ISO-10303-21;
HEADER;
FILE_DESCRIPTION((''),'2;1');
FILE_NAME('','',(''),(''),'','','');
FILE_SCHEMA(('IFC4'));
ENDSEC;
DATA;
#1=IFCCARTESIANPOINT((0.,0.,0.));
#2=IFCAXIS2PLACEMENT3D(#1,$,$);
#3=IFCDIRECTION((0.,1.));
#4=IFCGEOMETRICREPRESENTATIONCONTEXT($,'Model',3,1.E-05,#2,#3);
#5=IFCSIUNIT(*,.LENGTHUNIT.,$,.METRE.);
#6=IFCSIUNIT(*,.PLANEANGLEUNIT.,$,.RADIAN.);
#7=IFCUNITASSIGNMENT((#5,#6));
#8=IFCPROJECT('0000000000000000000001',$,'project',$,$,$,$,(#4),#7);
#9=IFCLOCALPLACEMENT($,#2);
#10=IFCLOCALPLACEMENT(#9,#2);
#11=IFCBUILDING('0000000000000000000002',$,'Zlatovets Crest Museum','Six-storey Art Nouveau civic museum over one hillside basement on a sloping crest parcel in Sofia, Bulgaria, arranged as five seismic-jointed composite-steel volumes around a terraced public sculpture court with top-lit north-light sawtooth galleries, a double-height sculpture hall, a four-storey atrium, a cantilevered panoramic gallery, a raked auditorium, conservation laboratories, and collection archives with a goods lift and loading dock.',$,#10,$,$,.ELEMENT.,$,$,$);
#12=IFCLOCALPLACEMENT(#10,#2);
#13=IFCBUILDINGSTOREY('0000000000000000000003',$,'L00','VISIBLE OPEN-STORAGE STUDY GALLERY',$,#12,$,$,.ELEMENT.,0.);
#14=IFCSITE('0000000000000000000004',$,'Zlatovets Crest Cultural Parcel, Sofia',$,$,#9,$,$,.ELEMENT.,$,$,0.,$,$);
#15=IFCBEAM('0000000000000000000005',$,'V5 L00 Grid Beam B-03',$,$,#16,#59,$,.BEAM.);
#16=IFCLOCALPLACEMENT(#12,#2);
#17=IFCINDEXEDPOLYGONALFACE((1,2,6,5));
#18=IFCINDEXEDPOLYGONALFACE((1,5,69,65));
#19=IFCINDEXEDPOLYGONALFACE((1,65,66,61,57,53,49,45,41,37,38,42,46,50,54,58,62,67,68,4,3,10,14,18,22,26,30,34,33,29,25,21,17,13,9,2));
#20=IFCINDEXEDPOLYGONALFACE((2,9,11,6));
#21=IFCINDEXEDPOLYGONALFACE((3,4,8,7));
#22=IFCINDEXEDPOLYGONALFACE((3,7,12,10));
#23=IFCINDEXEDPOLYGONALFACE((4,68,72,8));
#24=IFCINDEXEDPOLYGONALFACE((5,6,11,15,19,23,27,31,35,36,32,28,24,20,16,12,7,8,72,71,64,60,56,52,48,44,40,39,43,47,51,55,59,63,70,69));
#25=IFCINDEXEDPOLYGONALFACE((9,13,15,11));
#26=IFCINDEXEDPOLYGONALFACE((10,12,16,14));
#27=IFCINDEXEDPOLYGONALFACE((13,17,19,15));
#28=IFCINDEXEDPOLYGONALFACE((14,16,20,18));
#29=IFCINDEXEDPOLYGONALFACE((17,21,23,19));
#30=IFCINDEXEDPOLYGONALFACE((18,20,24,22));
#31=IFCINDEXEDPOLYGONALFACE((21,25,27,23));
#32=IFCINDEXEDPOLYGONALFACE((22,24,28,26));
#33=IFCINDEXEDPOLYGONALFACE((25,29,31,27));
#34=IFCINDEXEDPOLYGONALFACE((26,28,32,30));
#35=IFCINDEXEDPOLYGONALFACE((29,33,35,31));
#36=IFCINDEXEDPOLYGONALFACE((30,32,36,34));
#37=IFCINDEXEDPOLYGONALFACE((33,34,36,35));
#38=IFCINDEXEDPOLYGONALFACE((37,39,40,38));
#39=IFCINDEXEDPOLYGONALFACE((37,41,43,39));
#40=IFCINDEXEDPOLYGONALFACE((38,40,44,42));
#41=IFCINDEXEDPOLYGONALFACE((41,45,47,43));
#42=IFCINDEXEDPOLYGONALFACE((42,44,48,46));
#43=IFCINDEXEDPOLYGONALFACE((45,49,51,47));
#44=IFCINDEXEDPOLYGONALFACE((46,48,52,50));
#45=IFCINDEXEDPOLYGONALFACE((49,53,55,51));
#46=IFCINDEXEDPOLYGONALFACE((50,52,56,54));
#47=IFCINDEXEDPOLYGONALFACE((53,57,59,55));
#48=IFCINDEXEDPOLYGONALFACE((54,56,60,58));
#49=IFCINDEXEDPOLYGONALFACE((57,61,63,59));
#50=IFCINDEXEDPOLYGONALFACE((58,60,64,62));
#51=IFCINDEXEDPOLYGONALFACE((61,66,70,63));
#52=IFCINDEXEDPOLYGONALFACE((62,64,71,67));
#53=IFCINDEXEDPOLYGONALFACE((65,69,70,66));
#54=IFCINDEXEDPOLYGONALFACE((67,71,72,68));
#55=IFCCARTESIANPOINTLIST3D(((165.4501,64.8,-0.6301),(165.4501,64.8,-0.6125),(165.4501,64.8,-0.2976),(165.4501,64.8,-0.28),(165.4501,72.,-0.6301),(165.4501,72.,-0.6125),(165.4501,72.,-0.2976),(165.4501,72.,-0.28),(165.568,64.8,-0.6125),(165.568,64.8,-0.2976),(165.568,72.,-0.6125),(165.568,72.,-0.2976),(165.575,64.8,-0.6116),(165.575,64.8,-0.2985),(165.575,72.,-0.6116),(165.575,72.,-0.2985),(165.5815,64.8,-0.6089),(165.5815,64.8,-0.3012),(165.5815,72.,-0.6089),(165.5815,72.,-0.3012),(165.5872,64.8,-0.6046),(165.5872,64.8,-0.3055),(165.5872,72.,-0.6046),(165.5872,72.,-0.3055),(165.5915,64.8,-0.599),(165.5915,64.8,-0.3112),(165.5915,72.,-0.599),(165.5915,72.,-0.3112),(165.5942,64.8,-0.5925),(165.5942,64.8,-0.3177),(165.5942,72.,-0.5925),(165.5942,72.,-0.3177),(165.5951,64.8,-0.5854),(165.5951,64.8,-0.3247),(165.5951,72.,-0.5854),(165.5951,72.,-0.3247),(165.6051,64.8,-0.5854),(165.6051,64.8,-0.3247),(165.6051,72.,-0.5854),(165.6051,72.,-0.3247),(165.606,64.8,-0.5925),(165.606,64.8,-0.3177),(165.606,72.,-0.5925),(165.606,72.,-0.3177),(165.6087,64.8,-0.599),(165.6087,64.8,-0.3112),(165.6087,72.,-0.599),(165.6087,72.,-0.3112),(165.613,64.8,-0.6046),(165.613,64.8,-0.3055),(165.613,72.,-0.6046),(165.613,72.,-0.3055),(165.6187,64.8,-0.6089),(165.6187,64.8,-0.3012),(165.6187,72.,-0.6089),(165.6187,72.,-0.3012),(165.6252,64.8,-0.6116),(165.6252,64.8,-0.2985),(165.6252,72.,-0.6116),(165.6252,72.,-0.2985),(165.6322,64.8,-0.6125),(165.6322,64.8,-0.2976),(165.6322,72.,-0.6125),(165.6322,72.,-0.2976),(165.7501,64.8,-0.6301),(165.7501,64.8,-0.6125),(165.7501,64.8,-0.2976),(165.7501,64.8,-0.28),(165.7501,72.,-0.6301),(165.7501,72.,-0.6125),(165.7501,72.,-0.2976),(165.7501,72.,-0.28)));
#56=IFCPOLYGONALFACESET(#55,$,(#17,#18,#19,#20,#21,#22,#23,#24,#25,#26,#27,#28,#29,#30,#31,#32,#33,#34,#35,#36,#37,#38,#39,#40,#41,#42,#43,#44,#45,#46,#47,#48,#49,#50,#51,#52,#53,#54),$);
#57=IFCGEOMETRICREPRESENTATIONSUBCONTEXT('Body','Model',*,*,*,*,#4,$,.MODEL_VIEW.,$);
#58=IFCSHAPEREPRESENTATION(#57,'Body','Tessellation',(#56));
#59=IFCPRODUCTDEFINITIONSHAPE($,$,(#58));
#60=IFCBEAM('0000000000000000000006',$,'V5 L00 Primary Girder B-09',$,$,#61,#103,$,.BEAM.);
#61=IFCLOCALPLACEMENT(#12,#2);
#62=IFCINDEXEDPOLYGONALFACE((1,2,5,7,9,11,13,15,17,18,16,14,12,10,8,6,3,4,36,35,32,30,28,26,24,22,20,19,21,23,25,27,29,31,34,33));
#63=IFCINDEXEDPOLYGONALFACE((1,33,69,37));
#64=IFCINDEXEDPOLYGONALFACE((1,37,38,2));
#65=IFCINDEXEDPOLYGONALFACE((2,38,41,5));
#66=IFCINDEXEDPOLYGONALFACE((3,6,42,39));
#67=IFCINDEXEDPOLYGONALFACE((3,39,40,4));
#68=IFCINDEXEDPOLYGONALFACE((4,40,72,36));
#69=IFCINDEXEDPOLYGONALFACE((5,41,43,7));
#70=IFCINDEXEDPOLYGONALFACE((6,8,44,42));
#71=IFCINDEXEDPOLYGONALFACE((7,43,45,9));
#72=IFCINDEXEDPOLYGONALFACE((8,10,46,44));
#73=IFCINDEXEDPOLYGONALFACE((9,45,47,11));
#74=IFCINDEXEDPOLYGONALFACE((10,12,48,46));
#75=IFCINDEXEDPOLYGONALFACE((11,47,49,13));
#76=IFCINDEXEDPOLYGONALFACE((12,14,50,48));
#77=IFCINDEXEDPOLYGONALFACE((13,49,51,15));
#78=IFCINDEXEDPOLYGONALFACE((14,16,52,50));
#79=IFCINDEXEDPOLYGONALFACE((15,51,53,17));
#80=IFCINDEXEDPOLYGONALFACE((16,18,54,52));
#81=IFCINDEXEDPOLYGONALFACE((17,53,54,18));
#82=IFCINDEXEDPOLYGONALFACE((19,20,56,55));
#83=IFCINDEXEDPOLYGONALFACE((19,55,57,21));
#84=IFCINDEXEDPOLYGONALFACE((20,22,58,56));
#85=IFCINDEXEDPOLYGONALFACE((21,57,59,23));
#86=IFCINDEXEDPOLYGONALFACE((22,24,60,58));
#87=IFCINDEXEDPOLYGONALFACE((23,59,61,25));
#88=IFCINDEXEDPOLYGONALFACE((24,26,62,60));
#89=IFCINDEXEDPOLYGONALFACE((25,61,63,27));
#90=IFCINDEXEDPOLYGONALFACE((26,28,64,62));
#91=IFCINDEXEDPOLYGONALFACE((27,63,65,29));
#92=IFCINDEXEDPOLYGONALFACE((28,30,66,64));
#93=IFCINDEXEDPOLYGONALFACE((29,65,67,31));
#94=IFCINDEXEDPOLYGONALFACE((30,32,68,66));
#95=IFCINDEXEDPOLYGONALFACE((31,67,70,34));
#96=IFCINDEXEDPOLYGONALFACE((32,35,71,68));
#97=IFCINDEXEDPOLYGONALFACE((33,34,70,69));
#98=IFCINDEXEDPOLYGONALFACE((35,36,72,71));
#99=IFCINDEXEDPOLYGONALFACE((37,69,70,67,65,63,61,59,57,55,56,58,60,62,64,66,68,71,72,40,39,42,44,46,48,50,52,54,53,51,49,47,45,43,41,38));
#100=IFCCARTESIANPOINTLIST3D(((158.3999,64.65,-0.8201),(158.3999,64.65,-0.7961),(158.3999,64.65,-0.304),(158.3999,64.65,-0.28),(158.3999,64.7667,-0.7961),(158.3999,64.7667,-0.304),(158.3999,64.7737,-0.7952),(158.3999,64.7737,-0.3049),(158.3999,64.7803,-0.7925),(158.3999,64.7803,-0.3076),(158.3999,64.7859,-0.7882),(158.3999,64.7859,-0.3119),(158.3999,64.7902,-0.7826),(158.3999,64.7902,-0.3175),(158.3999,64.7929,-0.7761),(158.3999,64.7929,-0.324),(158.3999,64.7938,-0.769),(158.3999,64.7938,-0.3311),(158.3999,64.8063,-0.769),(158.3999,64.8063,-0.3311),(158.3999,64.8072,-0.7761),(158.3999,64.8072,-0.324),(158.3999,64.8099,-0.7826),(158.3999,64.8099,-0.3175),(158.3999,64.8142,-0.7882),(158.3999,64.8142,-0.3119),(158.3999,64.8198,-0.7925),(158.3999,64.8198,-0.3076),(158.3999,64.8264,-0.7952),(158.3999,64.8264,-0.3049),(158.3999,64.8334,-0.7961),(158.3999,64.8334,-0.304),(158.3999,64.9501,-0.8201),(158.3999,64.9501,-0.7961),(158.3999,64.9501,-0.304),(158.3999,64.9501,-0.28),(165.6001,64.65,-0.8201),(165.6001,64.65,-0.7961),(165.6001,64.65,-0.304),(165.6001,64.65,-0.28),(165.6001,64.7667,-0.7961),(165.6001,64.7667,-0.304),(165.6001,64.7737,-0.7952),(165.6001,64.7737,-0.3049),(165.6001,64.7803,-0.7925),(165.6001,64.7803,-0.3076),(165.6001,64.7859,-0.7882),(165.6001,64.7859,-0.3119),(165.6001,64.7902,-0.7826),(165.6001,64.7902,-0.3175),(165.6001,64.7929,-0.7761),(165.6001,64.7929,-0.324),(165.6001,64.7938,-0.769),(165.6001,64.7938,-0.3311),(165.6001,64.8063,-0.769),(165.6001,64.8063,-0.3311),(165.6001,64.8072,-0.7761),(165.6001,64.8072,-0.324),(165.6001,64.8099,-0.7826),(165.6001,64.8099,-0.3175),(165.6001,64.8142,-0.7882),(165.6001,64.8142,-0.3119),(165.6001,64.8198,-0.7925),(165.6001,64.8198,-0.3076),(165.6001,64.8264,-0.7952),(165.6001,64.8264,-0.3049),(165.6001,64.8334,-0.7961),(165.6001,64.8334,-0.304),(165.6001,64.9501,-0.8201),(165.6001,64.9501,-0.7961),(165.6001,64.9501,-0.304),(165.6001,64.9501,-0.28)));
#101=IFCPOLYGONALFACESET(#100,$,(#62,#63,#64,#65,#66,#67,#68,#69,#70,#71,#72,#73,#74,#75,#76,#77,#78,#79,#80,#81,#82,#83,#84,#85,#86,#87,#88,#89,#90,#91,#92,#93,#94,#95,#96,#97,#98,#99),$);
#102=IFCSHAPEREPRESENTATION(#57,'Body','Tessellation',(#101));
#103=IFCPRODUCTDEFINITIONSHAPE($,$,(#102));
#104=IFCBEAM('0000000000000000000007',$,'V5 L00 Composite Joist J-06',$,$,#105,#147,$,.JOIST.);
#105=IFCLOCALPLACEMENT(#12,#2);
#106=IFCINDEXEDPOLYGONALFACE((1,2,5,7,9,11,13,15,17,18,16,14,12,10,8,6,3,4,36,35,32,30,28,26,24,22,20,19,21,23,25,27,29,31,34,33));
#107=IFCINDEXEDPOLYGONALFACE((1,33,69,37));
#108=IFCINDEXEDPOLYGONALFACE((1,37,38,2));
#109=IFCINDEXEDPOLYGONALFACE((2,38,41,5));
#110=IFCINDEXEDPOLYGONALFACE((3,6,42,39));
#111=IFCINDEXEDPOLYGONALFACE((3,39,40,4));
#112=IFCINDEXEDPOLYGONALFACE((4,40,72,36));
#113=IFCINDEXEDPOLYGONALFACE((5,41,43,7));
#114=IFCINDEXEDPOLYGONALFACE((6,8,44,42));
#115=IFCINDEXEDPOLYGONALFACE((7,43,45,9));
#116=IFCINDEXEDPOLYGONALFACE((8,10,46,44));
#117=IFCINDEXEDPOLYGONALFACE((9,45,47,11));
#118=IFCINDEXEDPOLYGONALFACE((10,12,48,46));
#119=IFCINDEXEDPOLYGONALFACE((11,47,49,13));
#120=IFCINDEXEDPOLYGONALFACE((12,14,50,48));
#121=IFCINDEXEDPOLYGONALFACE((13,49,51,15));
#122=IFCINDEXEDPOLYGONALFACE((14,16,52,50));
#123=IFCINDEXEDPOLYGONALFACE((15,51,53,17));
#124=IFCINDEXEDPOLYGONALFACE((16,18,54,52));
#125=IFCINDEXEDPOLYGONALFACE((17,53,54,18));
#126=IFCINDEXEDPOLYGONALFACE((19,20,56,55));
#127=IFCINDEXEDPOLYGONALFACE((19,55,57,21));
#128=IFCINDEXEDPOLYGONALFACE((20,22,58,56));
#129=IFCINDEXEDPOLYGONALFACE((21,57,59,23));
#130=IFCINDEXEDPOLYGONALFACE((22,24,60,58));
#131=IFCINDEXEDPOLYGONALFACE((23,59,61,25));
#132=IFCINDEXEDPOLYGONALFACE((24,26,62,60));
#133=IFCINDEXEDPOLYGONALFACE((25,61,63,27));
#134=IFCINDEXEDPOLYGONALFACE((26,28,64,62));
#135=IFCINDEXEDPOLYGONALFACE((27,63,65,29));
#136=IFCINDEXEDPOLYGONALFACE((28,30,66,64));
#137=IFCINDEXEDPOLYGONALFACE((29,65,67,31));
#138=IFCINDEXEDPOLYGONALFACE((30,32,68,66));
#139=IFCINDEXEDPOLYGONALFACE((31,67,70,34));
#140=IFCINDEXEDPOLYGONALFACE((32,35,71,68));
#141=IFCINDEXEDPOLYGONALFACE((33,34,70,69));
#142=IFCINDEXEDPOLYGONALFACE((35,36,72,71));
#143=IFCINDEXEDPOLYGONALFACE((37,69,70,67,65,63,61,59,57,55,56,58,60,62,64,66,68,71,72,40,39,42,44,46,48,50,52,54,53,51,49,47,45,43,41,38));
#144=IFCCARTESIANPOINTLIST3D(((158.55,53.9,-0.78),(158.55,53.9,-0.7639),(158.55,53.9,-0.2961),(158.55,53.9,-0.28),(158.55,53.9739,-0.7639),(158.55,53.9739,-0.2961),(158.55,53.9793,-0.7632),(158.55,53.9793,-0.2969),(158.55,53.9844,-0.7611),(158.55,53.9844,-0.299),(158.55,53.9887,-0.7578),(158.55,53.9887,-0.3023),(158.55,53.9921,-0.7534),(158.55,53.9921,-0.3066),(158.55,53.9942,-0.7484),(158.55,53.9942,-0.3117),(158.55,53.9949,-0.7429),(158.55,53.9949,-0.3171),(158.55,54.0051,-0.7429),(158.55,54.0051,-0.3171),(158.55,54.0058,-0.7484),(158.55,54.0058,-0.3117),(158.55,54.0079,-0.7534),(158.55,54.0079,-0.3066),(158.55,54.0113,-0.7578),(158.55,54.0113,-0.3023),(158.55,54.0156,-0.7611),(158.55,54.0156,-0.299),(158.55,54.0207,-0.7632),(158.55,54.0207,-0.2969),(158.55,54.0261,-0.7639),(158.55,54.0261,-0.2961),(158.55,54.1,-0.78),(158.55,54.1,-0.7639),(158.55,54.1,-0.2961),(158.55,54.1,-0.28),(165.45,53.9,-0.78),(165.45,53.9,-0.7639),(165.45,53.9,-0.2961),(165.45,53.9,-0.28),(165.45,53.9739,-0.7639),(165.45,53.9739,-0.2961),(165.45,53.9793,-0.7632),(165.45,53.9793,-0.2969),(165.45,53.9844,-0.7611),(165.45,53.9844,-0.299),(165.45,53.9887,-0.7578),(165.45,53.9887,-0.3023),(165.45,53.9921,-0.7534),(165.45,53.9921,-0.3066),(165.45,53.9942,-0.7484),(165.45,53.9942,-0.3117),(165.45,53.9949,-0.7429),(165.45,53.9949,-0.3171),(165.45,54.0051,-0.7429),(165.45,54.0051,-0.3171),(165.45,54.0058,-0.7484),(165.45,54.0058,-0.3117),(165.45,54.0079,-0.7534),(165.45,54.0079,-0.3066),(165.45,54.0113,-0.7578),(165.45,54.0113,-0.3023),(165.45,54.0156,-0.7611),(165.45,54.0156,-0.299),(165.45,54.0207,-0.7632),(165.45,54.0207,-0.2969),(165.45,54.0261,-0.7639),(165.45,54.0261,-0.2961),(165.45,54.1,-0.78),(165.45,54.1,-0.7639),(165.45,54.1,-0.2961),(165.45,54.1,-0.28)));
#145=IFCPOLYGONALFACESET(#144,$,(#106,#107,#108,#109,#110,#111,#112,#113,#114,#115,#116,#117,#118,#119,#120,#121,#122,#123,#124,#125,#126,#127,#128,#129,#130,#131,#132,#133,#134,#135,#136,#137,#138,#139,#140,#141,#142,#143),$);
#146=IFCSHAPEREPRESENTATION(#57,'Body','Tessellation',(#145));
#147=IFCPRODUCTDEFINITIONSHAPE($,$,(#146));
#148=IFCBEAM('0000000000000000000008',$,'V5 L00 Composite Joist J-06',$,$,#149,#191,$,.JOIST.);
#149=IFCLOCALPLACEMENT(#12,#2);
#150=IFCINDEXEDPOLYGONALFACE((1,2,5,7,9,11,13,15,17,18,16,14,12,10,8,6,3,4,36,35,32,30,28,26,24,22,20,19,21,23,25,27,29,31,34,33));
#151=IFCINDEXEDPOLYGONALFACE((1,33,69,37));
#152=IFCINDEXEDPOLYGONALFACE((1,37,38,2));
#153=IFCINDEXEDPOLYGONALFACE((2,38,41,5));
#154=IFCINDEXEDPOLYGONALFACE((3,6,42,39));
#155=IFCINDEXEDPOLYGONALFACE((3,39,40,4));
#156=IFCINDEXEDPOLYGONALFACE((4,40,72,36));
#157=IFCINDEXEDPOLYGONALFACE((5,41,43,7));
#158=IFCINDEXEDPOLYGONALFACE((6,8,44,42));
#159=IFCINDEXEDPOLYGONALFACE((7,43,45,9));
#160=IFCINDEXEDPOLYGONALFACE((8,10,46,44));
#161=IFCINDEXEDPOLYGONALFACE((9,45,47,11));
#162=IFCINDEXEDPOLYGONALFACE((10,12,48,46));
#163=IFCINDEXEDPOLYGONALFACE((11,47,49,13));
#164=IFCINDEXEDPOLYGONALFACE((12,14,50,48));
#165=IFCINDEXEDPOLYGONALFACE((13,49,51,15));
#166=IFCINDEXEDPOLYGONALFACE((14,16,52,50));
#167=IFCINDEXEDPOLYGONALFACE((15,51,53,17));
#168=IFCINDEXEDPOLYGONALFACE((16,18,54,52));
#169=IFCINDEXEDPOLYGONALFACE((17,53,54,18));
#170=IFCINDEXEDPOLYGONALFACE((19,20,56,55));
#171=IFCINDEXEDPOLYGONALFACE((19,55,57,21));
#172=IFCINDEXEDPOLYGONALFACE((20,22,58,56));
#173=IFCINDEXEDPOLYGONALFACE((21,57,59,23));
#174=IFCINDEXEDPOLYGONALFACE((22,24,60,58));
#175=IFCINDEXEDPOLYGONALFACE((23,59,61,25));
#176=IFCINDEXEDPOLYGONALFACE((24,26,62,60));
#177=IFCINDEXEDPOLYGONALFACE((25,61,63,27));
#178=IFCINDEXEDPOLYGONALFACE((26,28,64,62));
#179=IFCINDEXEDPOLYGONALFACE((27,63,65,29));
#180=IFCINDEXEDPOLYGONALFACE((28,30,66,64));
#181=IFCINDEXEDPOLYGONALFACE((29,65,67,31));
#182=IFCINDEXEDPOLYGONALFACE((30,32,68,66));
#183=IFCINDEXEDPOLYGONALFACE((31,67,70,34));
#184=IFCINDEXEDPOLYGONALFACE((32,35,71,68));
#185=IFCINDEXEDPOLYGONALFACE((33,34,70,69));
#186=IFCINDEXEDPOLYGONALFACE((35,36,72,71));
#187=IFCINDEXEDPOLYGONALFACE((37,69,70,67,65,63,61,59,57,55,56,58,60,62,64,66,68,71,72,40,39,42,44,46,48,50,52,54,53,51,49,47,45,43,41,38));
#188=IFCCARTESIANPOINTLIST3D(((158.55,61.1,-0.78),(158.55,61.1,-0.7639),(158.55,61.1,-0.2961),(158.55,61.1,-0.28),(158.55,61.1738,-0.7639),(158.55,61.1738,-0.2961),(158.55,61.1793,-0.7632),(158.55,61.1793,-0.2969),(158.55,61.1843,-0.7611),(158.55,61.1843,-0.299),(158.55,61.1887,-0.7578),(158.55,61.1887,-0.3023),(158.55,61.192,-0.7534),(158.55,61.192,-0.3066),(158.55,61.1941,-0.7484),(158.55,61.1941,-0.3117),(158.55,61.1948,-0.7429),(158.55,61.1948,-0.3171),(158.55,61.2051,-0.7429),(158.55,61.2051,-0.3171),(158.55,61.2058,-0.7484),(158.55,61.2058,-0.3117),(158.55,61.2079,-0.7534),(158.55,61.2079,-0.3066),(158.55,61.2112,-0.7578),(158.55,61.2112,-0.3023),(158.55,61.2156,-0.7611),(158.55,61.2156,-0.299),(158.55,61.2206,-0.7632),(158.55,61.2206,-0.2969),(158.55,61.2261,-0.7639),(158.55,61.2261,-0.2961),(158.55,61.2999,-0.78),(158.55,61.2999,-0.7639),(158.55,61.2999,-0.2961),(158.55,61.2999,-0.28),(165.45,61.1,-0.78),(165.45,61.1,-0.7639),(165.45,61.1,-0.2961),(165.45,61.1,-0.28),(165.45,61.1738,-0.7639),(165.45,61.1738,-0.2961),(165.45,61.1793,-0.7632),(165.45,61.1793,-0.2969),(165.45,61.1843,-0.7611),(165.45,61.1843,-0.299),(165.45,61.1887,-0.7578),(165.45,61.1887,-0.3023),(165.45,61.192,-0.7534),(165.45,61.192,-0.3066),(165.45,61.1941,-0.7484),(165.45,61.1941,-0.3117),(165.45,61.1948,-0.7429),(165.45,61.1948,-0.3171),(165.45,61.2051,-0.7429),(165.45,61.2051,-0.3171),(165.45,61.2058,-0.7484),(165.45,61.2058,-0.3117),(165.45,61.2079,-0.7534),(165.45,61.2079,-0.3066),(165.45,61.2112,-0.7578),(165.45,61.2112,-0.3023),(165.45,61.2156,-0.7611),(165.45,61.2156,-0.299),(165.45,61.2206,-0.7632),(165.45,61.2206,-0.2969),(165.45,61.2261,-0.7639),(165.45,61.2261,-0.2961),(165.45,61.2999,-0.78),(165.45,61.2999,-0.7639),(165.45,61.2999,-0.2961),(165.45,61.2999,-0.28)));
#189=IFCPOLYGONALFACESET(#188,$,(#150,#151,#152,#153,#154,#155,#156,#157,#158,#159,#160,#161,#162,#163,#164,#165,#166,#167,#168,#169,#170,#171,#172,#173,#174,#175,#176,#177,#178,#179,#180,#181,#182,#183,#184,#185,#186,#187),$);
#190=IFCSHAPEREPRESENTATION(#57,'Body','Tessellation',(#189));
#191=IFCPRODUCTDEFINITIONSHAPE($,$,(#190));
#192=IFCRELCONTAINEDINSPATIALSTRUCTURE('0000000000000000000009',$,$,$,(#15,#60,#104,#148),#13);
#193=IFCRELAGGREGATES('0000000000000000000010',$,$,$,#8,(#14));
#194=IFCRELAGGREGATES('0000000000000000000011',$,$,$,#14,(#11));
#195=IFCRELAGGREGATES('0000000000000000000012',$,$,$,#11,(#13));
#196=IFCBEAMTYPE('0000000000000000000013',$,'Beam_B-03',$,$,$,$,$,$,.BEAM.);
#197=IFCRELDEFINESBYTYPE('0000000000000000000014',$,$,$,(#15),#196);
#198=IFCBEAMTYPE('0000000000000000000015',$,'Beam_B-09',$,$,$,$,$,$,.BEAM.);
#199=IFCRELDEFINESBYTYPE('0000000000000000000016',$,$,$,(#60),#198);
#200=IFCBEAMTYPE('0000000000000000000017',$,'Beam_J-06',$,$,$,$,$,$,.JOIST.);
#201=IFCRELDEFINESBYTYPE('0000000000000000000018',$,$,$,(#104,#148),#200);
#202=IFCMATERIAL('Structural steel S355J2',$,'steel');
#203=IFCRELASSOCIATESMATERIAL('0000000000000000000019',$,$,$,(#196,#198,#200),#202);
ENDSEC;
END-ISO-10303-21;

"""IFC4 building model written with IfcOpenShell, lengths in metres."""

from ifc_helpers import new_model, si_unit, direction, frame, origin, origin_2d, place, context, subcontext, project, spatial, i_section, extrude, material, material_profile, profile_set, type_object, element, save


model = new_model("IFC4")

# Units and contexts
model_context = context("Model", 3, precision=1e-05, world=origin(), true_north=direction((0.0, 1.0)))
body_context = subcontext(model_context, "Body", "Model", "MODEL_VIEW")
ifc_project = project(units=[si_unit("LENGTHUNIT", "METRE"), si_unit("PLANEANGLEUNIT", "RADIAN")], contexts=[model_context])

# Site, building, storey
site_placement = place(None, origin())
site = spatial("IfcSite", under=ifc_project, at=site_placement, Name="Zlatovets Crest Cultural Parcel, Sofia", CompositionType="ELEMENT", RefElevation=0.0)
building_placement = place(site_placement, origin())
building = spatial("IfcBuilding", under=site, at=building_placement, Name="Zlatovets Crest Museum", Description="Six-storey Art Nouveau civic museum over one hillside basement on a sloping crest parcel in Sofia, Bulgaria, arranged as five seismic-jointed composite-steel volumes around a terraced public sculpture court with top-lit north-light sawtooth galleries, a double-height sculpture hall, a four-storey atrium, a cantilevered panoramic gallery, a raked auditorium, conservation laboratories, and collection archives with a goods lift and loading dock.", CompositionType="ELEMENT")
storey_placement = place(building_placement, origin())
storey = spatial("IfcBuildingStorey", under=building, at=storey_placement, Name="L00", Description="VISIBLE OPEN-STORAGE STUDY GALLERY", CompositionType="ELEMENT", Elevation=0.0)

# Shared definitions
ifc_material_1 = material(Name="Structural steel S355J2", Category="steel")

# Beams
ifc_material_profile_1 = material_profile(ifc_material_1, i_section(OverallWidth=0.3, OverallDepth=0.3501, WebThickness=0.01, FlangeThickness=0.0176, FilletRadius=0.0271, at=origin_2d()), Name="HEA 360")
ifc_profile_set_1 = profile_set([ifc_material_profile_1], Name="Structural steel S355J2")
beam_type_1 = type_object("IfcBeamType", Name="Beam_B-03", PredefinedType="BEAM", material=ifc_profile_set_1)
for number, where, z_axis, x_axis, name in (
    (1, (165.6001, 64.8, -0.4551), (0.0, 1.0, 0.0), (-1.0, 0.0, 0.0), "V5 L00 Grid Beam B-03"),
):
    element("IfcBeam", number, at=place(storey_placement, frame(where, z_axis=z_axis, x_axis=x_axis)), inside=storey, type_object=beam_type_1, Name=name, PredefinedType="BEAM", context=body_context, shape_type="SweptSolid", body=[
        extrude(i_section(OverallWidth=0.3, OverallDepth=0.3501, WebThickness=0.01, FlangeThickness=0.0176, FilletRadius=0.0271, at=origin_2d()), origin(), (0.0, 0.0, 1.0), 7.2),
    ])
ifc_material_profile_2 = material_profile(ifc_material_1, i_section(OverallWidth=0.3, OverallDepth=0.54, WebThickness=0.0125, FlangeThickness=0.0239, FilletRadius=0.0271, at=origin_2d()), Name="HEA 550")
ifc_profile_set_2 = profile_set([ifc_material_profile_2], Name="Structural steel S355J2")
beam_type_2 = type_object("IfcBeamType", Name="Beam_B-09", PredefinedType="BEAM", material=ifc_profile_set_2)
beam_1_placement = place(storey_placement, frame((158.3999, 64.8, -0.55), z_axis=(1.0, 0.0, 0.0), x_axis=(0.0, 1.0, 0.0)))
element("IfcBeam", 2, at=beam_1_placement, inside=storey, type_object=beam_type_2, Name="V5 L00 Primary Girder B-09", PredefinedType="BEAM", context=body_context, shape_type="SweptSolid", body=[
    extrude(i_section(OverallWidth=0.3, OverallDepth=0.54, WebThickness=0.0125, FlangeThickness=0.0239, FilletRadius=0.0271, at=origin_2d()), origin(), (0.0, 0.0, 1.0), 7.2002),
])
ifc_material_profile_3 = material_profile(ifc_material_1, i_section(OverallWidth=0.2, OverallDepth=0.5, WebThickness=0.0103, FlangeThickness=0.0161, FilletRadius=0.021, at=origin_2d()), Name="IPE 500")
ifc_profile_set_3 = profile_set([ifc_material_profile_3], Name="Structural steel S355J2")
beam_type_3 = type_object("IfcBeamType", Name="Beam_J-06", PredefinedType="JOIST", material=ifc_profile_set_3)
for number, where, z_axis, x_axis, name in (
    (3, (158.55, 54.0, -0.53), (1.0, 0.0, 0.0), (0.0, 1.0, 0.0), "V5 L00 Composite Joist J-06"),
    (4, (158.55, 61.2, -0.53), (1.0, 0.0, 0.0), (0.0, 1.0, 0.0), "V5 L00 Composite Joist J-06"),
):
    element("IfcBeam", number, at=place(storey_placement, frame(where, z_axis=z_axis, x_axis=x_axis)), inside=storey, type_object=beam_type_3, Name=name, PredefinedType="JOIST", context=body_context, shape_type="SweptSolid", body=[
        extrude(i_section(OverallWidth=0.2, OverallDepth=0.5, WebThickness=0.0103, FlangeThickness=0.0161, FilletRadius=0.021, at=origin_2d()), origin(), (0.0, 0.0, 1.0), 6.8999),
    ])

save(model, "model.ifc")
